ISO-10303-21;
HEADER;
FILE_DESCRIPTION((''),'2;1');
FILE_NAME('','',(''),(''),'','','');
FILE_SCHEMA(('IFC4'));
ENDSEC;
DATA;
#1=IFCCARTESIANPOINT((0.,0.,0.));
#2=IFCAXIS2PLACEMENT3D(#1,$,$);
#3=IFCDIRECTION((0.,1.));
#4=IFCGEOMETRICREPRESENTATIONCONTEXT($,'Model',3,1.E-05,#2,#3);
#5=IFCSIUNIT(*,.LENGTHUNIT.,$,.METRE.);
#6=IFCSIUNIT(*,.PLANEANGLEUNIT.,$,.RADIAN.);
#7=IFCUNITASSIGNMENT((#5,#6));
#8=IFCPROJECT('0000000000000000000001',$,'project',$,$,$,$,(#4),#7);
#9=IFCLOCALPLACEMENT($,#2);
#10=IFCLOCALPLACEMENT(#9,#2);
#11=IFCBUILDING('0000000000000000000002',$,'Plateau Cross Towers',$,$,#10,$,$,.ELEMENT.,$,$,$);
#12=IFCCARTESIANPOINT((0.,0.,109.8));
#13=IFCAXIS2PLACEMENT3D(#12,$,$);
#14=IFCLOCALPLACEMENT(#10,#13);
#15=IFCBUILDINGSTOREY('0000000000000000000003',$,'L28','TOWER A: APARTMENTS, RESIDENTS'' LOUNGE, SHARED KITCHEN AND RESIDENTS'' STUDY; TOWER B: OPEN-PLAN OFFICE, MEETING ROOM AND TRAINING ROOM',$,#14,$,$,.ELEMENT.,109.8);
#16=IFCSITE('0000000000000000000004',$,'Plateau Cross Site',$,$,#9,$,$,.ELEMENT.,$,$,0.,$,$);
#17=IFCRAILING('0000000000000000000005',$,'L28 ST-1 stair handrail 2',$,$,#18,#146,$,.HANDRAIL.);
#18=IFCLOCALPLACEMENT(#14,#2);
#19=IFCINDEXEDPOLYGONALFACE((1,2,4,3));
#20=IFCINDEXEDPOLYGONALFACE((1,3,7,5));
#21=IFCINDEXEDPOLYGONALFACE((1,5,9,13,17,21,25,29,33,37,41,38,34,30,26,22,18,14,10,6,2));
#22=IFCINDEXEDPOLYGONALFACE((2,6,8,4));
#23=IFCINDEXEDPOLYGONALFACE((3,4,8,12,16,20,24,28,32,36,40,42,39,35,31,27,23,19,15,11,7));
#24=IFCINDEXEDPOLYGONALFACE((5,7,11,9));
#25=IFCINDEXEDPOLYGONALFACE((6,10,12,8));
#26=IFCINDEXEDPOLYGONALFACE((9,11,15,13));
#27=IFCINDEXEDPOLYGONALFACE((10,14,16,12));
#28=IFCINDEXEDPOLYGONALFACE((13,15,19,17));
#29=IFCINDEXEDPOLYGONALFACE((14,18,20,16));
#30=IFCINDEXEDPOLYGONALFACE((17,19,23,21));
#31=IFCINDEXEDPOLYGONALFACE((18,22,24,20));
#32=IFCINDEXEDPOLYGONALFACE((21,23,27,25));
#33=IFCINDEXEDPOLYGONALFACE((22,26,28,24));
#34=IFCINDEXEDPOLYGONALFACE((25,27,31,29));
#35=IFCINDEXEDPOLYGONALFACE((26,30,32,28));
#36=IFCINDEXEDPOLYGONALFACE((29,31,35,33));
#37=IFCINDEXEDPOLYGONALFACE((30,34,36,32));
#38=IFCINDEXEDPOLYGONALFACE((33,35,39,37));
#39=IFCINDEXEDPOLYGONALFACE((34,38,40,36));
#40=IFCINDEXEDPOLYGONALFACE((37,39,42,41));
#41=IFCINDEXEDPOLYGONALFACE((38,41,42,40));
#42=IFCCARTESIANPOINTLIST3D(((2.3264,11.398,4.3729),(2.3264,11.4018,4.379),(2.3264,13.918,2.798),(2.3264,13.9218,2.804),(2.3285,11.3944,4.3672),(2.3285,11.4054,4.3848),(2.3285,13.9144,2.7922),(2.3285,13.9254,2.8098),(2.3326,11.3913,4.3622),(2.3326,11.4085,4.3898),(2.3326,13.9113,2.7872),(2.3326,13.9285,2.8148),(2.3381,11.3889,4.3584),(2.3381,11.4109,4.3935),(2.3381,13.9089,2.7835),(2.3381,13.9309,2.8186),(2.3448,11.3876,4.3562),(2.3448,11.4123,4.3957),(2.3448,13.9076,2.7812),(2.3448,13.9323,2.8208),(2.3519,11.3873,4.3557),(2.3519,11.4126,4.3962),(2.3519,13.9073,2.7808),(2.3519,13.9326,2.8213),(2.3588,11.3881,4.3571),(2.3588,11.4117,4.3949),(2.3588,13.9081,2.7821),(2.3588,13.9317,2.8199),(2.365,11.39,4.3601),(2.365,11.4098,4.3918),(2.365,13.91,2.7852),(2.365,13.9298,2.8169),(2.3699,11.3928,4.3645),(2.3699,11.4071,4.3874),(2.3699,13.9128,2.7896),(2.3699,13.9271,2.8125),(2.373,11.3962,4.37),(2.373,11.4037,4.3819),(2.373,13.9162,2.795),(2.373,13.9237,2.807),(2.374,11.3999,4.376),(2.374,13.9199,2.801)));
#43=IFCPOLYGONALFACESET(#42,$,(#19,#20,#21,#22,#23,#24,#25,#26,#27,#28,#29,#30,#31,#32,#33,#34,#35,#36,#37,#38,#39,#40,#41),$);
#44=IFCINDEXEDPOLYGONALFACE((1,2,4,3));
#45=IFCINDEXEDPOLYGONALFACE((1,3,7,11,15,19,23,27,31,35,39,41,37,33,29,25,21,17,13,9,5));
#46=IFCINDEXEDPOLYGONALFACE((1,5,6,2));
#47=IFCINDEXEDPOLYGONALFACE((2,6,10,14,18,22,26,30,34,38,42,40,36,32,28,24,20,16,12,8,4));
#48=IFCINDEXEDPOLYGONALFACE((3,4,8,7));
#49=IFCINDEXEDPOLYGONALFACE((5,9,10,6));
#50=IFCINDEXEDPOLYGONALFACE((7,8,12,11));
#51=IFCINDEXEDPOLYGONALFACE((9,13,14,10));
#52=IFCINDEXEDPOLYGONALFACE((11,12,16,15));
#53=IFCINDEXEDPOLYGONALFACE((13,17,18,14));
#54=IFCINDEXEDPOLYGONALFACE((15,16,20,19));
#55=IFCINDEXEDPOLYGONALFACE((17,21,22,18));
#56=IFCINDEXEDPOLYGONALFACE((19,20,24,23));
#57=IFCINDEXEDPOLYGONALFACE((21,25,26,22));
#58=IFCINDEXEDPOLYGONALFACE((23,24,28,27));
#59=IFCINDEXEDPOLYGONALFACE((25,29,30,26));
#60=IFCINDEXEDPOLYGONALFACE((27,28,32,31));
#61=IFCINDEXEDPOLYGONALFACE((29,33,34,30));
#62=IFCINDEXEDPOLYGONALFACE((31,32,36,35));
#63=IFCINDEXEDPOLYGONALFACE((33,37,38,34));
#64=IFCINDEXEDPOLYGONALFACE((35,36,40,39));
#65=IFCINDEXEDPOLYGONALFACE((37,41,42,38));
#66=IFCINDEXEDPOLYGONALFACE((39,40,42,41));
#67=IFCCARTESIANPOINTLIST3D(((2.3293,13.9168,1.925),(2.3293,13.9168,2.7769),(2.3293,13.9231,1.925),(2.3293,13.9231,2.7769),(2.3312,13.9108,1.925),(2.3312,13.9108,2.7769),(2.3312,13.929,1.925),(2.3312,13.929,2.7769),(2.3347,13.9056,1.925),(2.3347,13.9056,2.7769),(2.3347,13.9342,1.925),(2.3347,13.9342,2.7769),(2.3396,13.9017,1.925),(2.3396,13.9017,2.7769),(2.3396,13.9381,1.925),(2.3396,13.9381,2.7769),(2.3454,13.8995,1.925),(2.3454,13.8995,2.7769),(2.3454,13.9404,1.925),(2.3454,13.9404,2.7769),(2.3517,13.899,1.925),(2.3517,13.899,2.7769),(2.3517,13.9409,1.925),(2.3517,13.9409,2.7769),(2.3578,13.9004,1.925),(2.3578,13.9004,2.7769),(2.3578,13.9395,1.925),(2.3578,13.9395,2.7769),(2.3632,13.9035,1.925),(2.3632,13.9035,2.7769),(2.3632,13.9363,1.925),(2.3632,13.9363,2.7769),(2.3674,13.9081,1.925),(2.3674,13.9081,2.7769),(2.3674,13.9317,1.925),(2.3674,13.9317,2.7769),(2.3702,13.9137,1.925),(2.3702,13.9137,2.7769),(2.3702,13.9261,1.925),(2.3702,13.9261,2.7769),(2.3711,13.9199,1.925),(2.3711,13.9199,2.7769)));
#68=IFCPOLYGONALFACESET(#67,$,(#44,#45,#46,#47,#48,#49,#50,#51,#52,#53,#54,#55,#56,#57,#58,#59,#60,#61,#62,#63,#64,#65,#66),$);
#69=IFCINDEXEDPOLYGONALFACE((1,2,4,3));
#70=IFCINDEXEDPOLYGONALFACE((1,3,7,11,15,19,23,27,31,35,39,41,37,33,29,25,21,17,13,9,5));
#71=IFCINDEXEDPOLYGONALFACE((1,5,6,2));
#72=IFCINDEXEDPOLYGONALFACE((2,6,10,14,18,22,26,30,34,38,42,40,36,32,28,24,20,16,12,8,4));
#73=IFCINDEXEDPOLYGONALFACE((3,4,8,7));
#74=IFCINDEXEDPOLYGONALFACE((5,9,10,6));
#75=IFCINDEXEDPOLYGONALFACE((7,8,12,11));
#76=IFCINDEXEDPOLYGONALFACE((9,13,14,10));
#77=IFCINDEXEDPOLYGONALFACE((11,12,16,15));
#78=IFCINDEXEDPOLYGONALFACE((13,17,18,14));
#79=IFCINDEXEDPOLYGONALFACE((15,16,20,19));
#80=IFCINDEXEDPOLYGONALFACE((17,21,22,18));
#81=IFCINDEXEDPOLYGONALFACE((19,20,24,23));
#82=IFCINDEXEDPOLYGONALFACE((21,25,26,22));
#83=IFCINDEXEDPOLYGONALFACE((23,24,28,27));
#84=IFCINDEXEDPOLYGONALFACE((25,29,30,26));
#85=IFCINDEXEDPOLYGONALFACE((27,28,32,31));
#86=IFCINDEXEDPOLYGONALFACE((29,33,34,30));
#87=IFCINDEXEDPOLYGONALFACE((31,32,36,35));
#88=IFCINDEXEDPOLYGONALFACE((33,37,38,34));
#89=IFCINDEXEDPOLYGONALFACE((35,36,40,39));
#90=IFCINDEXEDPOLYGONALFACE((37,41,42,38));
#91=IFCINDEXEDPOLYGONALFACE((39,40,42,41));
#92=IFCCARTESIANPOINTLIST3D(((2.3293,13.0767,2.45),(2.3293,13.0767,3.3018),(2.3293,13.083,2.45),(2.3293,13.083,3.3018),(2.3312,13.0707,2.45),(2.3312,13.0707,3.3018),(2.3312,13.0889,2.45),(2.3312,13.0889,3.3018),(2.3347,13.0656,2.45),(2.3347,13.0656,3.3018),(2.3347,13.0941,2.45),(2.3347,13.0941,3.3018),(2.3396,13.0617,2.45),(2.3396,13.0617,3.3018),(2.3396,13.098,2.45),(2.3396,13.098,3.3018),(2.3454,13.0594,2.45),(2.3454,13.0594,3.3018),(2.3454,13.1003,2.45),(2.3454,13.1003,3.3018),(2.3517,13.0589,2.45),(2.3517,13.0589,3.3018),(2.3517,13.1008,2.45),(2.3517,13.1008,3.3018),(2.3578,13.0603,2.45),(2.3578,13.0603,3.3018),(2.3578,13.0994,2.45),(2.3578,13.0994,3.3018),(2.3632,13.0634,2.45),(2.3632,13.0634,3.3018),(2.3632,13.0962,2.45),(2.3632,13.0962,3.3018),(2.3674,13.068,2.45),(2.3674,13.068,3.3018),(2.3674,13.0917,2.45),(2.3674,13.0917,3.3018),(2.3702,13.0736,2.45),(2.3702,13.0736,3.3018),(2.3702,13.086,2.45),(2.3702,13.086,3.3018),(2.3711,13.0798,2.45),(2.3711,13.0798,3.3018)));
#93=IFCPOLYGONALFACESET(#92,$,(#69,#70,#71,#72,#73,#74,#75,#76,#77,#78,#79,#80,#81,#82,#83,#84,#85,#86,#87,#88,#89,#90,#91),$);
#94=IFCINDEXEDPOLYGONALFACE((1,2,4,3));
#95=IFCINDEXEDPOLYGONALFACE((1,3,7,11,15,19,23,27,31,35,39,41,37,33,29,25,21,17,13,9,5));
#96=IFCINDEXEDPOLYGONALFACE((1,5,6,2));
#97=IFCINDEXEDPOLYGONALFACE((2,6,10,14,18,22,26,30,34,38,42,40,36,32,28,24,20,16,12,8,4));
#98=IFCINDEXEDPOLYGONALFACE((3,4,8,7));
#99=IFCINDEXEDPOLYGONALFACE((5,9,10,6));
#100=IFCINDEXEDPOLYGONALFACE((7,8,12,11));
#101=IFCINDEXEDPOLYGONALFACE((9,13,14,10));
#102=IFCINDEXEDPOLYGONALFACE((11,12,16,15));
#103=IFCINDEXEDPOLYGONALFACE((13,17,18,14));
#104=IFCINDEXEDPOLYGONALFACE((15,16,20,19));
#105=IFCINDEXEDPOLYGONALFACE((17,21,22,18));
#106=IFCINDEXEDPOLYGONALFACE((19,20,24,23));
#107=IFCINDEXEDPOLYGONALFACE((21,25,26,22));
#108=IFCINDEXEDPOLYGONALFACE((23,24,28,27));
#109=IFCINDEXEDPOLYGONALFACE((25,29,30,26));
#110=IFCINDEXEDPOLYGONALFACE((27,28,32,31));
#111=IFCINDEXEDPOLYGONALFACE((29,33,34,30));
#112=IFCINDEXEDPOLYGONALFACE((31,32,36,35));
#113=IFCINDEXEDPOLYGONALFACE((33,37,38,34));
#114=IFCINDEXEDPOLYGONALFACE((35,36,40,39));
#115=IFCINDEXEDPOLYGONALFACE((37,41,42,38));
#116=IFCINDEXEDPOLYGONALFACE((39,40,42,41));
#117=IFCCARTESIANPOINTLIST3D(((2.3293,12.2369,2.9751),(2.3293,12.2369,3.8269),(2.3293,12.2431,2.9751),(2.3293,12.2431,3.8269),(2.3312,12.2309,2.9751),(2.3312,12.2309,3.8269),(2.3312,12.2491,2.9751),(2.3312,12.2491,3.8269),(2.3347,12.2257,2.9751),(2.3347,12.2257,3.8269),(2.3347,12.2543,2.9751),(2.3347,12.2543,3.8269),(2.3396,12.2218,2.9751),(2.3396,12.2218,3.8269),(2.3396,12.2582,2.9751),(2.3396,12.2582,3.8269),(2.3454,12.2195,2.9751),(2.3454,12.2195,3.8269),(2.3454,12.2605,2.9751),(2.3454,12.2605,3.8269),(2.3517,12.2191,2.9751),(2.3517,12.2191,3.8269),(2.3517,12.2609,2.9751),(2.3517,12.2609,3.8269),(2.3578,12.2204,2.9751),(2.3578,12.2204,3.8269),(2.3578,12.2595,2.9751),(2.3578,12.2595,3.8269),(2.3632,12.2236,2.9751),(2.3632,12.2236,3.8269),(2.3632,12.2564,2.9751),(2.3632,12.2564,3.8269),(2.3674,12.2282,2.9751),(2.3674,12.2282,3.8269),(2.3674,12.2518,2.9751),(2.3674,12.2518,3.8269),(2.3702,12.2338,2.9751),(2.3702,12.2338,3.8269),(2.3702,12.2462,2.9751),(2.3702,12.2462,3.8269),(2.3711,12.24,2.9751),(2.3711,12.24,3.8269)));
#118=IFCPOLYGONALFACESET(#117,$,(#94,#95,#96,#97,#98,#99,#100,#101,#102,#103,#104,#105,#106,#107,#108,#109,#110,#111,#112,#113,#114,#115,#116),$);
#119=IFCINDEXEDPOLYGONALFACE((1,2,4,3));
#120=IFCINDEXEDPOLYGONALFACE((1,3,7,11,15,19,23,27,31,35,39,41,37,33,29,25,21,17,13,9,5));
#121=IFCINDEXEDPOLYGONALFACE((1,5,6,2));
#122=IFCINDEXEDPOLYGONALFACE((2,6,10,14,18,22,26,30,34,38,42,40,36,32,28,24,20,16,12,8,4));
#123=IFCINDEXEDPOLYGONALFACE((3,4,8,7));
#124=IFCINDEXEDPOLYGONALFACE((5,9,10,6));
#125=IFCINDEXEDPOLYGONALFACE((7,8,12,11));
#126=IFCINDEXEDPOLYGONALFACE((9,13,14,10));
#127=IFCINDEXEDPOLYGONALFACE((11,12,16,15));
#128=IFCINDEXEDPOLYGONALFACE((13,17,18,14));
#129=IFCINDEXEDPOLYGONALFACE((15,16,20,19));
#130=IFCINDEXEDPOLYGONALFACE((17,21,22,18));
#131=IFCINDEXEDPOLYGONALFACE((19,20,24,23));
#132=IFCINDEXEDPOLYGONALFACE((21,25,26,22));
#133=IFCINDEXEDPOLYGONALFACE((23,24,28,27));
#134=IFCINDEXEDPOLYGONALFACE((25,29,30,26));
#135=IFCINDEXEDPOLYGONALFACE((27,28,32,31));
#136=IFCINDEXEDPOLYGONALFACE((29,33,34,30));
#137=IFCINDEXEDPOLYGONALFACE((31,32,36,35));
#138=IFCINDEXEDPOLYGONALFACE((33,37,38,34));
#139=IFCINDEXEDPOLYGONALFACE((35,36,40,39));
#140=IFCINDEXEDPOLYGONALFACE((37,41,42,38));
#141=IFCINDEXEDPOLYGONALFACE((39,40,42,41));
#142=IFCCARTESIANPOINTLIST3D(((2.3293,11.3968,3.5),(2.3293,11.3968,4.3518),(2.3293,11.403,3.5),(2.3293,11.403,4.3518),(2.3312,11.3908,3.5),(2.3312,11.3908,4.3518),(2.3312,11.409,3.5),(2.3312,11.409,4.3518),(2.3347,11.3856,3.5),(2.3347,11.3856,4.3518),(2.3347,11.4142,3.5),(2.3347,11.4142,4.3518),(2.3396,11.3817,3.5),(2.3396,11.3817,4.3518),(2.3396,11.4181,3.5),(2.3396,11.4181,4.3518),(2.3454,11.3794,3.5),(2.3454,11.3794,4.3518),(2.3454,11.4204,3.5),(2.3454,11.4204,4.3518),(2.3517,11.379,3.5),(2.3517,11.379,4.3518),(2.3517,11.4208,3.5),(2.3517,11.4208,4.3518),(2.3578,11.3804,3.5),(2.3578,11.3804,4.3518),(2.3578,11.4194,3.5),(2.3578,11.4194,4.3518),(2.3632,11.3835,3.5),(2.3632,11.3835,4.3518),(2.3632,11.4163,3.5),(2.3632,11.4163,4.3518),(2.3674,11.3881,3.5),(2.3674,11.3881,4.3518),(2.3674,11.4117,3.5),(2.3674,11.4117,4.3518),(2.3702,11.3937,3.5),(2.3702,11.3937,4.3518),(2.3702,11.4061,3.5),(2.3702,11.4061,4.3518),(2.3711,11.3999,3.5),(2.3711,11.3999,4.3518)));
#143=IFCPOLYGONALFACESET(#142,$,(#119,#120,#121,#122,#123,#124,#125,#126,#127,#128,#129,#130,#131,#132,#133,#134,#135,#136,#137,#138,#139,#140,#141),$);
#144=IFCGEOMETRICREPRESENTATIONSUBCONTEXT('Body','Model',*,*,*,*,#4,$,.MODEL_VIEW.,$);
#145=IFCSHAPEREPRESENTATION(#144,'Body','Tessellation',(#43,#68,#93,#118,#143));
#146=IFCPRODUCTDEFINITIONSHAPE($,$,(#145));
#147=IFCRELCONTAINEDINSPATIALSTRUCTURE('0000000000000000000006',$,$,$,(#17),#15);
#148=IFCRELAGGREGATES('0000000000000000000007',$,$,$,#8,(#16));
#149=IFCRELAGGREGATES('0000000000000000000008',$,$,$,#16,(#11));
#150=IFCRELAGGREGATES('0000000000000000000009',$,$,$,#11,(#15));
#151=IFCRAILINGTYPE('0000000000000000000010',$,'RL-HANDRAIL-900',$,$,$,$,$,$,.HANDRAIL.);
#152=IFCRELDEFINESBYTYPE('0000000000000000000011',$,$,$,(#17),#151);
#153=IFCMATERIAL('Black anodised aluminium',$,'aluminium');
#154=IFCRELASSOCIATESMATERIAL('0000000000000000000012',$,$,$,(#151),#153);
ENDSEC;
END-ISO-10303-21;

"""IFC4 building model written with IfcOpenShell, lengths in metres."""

from ifc_helpers import new_model, si_unit, direction, frame, origin, origin_2d, place, context, subcontext, project, spatial, circle, extrude, material, type_object, element, save


model = new_model("IFC4")

# Units and contexts
model_context = context("Model", 3, precision=1e-05, world=origin(), true_north=direction((0.0, 1.0)))
body_context = subcontext(model_context, "Body", "Model", "MODEL_VIEW")
ifc_project = project(units=[si_unit("LENGTHUNIT", "METRE"), si_unit("PLANEANGLEUNIT", "RADIAN")], contexts=[model_context])

# Site, building, storey
site_placement = place(None, origin())
site = spatial("IfcSite", under=ifc_project, at=site_placement, Name="Plateau Cross Site", CompositionType="ELEMENT", RefElevation=0.0)
building_placement = place(site_placement, origin())
building = spatial("IfcBuilding", under=site, at=building_placement, Name="Plateau Cross Towers", CompositionType="ELEMENT")
storey_placement = place(building_placement, frame((0.0, 0.0, 109.8)))
storey = spatial("IfcBuildingStorey", under=building, at=storey_placement, Name="L28", Description="TOWER A: APARTMENTS, RESIDENTS' LOUNGE, SHARED KITCHEN AND RESIDENTS' STUDY; TOWER B: OPEN-PLAN OFFICE, MEETING ROOM AND TRAINING ROOM", CompositionType="ELEMENT", Elevation=109.8)

# Shared definitions
ifc_material_1 = material(Name="Black anodised aluminium", Category="aluminium")

# Railing
railing_type_1 = type_object("IfcRailingType", Name="RL-HANDRAIL-900", PredefinedType="HANDRAIL", material=ifc_material_1)
railing_1_placement = place(storey_placement, frame((2.3501, 13.9199, 1.925)))
element("IfcRailing", 1, at=railing_1_placement, inside=storey, type_object=railing_type_1, Name="L28 ST-1 stair handrail 2", PredefinedType="HANDRAIL", context=body_context, shape_type="SweptSolid", body=[
    extrude(circle(Radius=0.0239, at=origin_2d()), frame((0.0, 0.0, 0.876), z_axis=(0.0, -0.848008, 0.529984), x_axis=(1.0, 0.0, 0.0)), (0.0, 0.0, 1.0), 2.9717),
    extrude(circle(Radius=0.021, at=origin_2d()), origin(), (0.0, 0.0, 1.0), 0.8518),
    extrude(circle(Radius=0.021, at=origin_2d()), frame((0.0, -0.8401, 0.5249)), (0.0, 0.0, 1.0), 0.8518),
    extrude(circle(Radius=0.021, at=origin_2d()), frame((0.0, -1.6799, 1.05)), (0.0, 0.0, 1.0), 0.8518),
    extrude(circle(Radius=0.021, at=origin_2d()), frame((0.0, -2.52, 1.575)), (0.0, 0.0, 1.0), 0.8518),
])

save(model, "model.ifc")
